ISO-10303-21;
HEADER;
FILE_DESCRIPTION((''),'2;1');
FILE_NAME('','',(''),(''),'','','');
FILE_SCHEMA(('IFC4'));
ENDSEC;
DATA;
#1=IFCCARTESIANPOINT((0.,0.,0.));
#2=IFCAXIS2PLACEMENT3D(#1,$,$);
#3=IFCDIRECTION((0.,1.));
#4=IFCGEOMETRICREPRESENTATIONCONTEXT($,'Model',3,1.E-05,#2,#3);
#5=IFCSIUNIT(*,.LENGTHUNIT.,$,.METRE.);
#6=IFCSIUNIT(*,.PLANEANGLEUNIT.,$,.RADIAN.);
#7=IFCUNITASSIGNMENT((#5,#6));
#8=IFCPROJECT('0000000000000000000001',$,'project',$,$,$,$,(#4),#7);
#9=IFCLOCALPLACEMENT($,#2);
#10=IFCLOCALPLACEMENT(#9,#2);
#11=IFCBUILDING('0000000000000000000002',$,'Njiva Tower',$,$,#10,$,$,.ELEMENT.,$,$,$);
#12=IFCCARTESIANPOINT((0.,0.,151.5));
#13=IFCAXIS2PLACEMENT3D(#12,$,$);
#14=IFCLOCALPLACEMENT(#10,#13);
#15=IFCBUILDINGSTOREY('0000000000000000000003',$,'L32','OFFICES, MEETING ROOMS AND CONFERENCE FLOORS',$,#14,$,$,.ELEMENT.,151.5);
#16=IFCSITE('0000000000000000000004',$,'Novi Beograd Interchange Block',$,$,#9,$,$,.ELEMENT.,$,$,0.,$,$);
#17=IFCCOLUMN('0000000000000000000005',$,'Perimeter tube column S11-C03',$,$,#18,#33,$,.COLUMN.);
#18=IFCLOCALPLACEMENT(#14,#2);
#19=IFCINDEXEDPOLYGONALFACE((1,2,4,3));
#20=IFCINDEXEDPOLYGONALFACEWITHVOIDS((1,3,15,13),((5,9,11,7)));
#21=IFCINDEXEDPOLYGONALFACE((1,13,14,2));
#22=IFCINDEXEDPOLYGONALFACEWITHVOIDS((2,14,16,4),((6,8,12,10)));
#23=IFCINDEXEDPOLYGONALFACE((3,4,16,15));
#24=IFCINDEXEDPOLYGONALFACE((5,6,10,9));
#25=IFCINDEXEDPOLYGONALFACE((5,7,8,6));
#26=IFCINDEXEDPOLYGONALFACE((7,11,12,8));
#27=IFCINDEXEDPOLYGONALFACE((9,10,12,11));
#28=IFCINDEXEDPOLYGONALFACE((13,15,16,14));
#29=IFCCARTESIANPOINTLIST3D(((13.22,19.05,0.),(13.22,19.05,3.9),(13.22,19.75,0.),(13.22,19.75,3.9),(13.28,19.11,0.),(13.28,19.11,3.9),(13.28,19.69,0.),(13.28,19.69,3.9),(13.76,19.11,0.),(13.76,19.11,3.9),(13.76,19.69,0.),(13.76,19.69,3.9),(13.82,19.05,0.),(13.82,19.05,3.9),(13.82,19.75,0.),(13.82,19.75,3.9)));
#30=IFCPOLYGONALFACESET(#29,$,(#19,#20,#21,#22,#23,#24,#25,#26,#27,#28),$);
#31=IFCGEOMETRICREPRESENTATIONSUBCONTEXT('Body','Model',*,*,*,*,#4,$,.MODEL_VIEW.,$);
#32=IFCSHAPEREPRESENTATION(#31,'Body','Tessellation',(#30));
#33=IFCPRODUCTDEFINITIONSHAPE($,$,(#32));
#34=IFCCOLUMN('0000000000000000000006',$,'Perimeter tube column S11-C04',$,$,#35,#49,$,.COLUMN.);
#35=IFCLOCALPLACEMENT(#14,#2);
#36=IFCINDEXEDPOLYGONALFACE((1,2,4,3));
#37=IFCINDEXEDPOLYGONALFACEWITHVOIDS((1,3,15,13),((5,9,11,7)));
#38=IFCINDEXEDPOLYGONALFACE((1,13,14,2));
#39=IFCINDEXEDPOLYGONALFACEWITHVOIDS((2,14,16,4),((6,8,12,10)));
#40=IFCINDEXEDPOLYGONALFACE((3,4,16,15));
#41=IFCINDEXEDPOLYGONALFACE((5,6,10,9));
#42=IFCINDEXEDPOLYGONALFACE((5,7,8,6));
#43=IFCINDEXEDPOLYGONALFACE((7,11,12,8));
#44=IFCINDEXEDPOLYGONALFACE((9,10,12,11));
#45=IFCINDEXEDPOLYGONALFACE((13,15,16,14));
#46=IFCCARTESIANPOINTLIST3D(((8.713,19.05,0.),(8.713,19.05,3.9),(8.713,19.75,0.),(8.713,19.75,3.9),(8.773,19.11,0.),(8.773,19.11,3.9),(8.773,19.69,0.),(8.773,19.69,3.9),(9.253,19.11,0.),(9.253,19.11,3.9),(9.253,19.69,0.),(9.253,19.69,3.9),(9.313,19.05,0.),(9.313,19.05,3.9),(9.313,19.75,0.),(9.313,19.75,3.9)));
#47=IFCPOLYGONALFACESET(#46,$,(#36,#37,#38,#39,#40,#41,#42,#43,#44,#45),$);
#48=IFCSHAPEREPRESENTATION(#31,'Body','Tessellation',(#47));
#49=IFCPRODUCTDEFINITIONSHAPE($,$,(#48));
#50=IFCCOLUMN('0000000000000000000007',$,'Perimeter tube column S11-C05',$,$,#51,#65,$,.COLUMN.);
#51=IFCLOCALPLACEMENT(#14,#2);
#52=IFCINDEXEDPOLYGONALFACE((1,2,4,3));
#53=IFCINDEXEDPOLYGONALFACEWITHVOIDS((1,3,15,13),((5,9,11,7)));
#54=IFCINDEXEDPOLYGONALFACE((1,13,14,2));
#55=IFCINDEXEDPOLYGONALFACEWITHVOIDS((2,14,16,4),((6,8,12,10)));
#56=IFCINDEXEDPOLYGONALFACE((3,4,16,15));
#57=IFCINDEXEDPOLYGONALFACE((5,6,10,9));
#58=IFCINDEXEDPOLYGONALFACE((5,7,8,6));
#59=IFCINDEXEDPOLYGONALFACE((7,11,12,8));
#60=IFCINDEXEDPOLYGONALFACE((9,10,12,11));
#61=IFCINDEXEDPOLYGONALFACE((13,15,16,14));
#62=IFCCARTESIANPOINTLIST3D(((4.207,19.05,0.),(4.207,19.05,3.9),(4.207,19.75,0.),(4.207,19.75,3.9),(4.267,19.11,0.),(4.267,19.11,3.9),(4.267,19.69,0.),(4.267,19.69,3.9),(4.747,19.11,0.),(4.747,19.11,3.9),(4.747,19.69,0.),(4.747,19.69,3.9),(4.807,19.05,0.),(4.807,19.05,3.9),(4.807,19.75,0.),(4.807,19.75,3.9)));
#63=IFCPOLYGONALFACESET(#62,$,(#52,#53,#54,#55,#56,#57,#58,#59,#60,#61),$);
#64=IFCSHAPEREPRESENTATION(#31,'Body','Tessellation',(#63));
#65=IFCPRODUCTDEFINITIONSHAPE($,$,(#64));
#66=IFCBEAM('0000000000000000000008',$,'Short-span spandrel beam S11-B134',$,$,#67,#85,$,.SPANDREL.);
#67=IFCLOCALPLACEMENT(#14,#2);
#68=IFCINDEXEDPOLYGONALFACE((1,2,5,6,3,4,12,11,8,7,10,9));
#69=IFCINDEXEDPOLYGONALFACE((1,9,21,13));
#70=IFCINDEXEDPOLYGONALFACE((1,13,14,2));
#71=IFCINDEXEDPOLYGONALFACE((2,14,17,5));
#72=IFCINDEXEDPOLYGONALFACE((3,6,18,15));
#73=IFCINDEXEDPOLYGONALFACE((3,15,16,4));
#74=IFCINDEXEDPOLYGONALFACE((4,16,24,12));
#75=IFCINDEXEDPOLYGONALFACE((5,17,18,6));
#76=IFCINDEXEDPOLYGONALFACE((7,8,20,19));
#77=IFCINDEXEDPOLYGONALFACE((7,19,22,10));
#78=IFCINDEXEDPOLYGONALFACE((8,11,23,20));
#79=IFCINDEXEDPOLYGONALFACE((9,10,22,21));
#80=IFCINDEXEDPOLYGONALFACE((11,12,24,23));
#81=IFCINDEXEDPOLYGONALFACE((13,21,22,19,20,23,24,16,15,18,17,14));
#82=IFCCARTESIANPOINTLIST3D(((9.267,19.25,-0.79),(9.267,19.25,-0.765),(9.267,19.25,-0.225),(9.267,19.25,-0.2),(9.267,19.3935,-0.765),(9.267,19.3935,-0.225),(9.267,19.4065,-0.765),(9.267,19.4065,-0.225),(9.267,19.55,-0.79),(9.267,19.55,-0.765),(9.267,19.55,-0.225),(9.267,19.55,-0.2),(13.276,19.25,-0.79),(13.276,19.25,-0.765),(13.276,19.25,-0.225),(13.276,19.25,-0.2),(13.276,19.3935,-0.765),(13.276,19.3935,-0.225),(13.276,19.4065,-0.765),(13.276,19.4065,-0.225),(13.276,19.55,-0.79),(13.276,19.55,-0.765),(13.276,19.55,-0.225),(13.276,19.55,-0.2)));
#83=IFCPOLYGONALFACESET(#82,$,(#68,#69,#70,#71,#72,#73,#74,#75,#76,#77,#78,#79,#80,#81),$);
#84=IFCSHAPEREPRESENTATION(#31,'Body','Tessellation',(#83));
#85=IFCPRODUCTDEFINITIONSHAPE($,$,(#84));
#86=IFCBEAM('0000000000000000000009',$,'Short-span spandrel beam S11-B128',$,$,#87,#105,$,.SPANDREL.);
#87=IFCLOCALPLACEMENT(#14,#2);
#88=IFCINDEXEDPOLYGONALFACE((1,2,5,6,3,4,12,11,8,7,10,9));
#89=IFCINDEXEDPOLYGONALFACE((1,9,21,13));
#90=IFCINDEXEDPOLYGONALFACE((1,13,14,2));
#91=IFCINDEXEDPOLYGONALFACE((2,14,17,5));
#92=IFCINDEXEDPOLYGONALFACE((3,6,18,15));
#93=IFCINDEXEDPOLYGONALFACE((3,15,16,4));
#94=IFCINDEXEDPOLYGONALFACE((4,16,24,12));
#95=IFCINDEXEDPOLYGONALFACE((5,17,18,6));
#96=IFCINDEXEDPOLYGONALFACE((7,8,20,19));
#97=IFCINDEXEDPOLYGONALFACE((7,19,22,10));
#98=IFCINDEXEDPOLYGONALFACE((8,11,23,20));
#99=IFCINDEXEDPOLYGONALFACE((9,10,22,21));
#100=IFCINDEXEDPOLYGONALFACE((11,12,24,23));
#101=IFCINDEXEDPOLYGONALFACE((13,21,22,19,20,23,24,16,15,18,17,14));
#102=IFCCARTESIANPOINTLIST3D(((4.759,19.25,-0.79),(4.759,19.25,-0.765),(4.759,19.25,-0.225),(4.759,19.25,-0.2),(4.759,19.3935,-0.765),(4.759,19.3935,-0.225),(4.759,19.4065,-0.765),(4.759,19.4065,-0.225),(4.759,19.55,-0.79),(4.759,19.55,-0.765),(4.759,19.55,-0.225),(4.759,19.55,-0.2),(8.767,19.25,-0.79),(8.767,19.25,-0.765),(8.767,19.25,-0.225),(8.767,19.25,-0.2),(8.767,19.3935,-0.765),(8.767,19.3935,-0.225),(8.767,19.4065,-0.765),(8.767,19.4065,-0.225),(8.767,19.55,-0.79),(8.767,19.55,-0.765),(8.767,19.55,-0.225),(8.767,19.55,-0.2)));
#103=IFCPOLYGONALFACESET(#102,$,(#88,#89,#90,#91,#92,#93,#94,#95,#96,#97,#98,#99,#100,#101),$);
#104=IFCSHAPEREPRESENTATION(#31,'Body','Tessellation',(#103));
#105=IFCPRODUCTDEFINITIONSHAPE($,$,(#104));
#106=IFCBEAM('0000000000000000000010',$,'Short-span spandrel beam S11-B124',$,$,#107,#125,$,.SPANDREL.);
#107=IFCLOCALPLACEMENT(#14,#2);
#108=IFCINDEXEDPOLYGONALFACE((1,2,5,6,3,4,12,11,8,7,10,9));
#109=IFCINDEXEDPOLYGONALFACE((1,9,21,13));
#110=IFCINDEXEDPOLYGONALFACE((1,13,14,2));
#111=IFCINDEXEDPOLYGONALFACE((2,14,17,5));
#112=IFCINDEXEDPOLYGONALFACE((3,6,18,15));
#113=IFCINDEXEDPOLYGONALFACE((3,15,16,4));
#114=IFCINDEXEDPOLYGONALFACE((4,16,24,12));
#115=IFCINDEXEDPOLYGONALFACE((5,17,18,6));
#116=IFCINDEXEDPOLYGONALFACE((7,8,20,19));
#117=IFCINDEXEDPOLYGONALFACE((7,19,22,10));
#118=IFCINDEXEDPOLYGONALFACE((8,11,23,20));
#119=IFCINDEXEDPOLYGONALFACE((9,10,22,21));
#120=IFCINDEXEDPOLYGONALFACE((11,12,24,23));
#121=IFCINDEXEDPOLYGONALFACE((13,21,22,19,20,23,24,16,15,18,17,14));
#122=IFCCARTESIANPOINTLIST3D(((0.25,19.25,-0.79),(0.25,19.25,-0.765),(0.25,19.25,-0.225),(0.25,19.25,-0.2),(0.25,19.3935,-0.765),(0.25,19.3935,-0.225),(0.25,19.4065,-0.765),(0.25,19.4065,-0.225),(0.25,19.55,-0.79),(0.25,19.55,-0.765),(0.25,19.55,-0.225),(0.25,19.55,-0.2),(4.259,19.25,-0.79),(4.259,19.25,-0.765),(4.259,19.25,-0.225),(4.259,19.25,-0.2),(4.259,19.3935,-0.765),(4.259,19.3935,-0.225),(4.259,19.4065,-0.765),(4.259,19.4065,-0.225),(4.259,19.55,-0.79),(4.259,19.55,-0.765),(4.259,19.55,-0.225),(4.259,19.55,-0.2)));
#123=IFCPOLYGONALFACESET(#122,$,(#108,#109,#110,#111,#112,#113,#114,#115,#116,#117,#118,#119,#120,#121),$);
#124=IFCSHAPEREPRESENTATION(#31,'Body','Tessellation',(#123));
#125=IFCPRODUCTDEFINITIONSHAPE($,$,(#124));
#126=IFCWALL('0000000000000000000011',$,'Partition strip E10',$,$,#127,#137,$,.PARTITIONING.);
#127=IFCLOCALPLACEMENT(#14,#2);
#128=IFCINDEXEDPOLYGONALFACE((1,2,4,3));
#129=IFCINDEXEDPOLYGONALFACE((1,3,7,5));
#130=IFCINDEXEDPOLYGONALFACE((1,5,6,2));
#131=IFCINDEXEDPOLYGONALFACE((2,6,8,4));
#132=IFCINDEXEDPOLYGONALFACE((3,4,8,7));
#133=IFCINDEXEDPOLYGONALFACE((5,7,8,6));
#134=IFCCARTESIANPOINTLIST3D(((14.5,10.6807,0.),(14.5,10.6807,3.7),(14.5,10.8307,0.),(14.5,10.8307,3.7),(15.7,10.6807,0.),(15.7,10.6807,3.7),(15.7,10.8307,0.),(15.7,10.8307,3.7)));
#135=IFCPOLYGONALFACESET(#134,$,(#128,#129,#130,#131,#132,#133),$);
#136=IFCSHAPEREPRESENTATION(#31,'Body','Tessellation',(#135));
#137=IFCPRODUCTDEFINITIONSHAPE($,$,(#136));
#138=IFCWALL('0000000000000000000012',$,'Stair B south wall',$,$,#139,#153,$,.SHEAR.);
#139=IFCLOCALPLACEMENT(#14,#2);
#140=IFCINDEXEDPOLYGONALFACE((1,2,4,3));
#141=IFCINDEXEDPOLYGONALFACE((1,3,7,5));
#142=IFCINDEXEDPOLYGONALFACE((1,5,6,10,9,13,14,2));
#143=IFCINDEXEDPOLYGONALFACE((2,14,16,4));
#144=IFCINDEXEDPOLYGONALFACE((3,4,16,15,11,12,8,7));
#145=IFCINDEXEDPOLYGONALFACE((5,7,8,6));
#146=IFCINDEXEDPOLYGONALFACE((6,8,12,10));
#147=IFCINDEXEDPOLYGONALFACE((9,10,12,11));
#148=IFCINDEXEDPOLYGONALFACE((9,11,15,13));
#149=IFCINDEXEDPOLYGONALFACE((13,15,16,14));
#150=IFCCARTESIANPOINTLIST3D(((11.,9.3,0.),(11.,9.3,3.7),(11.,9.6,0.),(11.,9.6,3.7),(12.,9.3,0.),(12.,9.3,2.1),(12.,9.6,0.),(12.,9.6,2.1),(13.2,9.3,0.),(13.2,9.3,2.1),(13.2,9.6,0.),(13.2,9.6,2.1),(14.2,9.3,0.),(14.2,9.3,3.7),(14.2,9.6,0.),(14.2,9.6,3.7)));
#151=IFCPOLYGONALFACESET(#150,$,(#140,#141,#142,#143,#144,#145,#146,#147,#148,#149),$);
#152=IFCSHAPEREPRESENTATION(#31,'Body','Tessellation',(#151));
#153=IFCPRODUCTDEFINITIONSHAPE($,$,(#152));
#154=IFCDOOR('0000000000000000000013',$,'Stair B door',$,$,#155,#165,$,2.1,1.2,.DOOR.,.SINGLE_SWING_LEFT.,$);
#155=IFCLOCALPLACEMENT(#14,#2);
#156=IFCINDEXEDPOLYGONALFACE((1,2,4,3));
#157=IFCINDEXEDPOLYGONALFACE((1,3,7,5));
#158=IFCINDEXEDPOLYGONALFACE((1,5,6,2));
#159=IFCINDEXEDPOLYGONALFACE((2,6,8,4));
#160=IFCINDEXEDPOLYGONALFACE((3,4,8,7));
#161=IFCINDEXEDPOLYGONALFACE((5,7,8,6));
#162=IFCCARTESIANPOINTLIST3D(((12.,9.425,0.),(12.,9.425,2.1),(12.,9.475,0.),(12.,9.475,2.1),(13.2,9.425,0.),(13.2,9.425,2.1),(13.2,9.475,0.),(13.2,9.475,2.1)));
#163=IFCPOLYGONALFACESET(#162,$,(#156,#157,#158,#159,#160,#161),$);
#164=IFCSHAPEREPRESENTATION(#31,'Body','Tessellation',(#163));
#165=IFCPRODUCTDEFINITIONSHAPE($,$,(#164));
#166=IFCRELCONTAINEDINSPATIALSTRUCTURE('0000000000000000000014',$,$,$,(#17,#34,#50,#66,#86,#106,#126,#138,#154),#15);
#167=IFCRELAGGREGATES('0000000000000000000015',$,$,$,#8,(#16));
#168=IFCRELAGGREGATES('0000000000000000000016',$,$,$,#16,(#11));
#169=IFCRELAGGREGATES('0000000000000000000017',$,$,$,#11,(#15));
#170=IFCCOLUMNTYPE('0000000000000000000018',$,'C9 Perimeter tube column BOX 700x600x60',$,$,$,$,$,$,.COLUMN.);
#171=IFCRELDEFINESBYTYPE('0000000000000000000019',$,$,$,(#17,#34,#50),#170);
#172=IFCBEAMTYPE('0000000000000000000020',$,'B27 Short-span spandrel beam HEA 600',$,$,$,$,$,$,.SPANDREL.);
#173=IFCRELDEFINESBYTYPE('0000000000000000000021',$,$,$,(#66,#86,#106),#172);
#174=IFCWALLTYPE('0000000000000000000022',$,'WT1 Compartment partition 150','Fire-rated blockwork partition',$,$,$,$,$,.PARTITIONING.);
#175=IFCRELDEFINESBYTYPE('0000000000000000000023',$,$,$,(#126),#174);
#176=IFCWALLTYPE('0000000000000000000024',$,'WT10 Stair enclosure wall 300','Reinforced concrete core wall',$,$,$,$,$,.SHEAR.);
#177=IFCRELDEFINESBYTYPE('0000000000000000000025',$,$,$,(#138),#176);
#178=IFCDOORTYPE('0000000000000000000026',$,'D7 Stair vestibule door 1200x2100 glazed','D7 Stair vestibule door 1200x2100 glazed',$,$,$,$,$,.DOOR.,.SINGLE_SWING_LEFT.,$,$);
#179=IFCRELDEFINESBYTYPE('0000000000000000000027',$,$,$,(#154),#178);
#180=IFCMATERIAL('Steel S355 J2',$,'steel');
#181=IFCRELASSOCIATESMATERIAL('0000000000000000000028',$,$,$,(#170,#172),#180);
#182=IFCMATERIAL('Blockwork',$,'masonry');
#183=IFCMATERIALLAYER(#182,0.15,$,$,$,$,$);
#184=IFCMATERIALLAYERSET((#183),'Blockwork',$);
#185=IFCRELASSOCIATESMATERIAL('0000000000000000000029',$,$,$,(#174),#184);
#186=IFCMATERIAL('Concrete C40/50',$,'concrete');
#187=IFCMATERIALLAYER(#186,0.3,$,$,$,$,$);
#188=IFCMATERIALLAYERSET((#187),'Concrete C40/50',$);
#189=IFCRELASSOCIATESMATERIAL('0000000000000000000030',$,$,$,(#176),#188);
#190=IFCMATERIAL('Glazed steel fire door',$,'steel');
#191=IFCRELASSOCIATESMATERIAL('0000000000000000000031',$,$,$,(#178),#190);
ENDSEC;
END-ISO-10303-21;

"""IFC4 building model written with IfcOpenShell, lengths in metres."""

from ifc_helpers import new_model, si_unit, direction, frame, frame_2d, origin, origin_2d, place, context, subcontext, project, spatial, rectangle, hollow_rectangle, i_section, extrude, material, layer, layer_set, material_profile, profile_set, type_object, element, fill, save


model = new_model("IFC4")

# Units and contexts
model_context = context("Model", 3, precision=1e-05, world=origin(), true_north=direction((0.0, 1.0)))
body_context = subcontext(model_context, "Body", "Model", "MODEL_VIEW")
ifc_project = project(units=[si_unit("LENGTHUNIT", "METRE"), si_unit("PLANEANGLEUNIT", "RADIAN")], contexts=[model_context])

# Site, building, storey
site_placement = place(None, origin())
site = spatial("IfcSite", under=ifc_project, at=site_placement, Name="Novi Beograd Interchange Block", CompositionType="ELEMENT", RefElevation=0.0)
building_placement = place(site_placement, origin())
building = spatial("IfcBuilding", under=site, at=building_placement, Name="Njiva Tower", CompositionType="ELEMENT")
storey_placement = place(building_placement, frame((0.0, 0.0, 151.5)))
storey = spatial("IfcBuildingStorey", under=building, at=storey_placement, Name="L32", Description="OFFICES, MEETING ROOMS AND CONFERENCE FLOORS", CompositionType="ELEMENT", Elevation=151.5)

# Columns
ifc_material_1 = material(Name="Steel S355 J2", Category="steel")
ifc_material_profile_1 = material_profile(ifc_material_1, hollow_rectangle(XDim=0.6, YDim=0.7, WallThickness=0.06, at=origin_2d()), Name="BOX 700x600x60")
ifc_profile_set_1 = profile_set([ifc_material_profile_1], Name="Steel S355 J2")
column_type = type_object("IfcColumnType", Name="C9 Perimeter tube column BOX 700x600x60", PredefinedType="COLUMN", material=ifc_profile_set_1)
for number, where, z_axis, x_axis, name in (
    (1, (13.52, 19.4, 0.0), (0.0, 0.0, 1.0), (-1.0, 0.0, 0.0), "Perimeter tube column S11-C03"),
    (2, (9.013, 19.4, 0.0), (0.0, 0.0, 1.0), (-1.0, 0.0, 0.0), "Perimeter tube column S11-C04"),
    (3, (4.507, 19.4, 0.0), (0.0, 0.0, 1.0), (-1.0, 0.0, 0.0), "Perimeter tube column S11-C05"),
):
    element("IfcColumn", number, at=place(storey_placement, frame(where, z_axis=z_axis, x_axis=x_axis)), inside=storey, type_object=column_type, Name=name, PredefinedType="COLUMN", context=body_context, shape_type="SweptSolid", body=[
        extrude(hollow_rectangle(XDim=0.6, YDim=0.7, WallThickness=0.06, at=origin_2d()), origin(), (0.0, 0.0, 1.0), 3.9),
    ])

# Beams
ifc_material_profile_2 = material_profile(ifc_material_1, i_section(OverallWidth=0.3, OverallDepth=0.59, WebThickness=0.013, FlangeThickness=0.025, at=origin_2d()), Name="HEA 600")
ifc_profile_set_2 = profile_set([ifc_material_profile_2], Name="Steel S355 J2")
beam_type = type_object("IfcBeamType", Name="B27 Short-span spandrel beam HEA 600", PredefinedType="SPANDREL", material=ifc_profile_set_2)
beam_1_placement = place(storey_placement, frame((13.276, 19.4, -0.495), z_axis=(-1.0, 0.0, 0.0), x_axis=(0.0, -1.0, 0.0)))
element("IfcBeam", 4, at=beam_1_placement, inside=storey, type_object=beam_type, Name="Short-span spandrel beam S11-B134", PredefinedType="SPANDREL", context=body_context, shape_type="SweptSolid", body=[
    extrude(i_section(OverallWidth=0.3, OverallDepth=0.59, WebThickness=0.013, FlangeThickness=0.025, at=origin_2d()), origin(), (0.0, 0.0, 1.0), 4.009),
])
beam_2_placement = place(storey_placement, frame((8.767, 19.4, -0.495), z_axis=(-1.0, 0.0, 0.0), x_axis=(0.0, -1.0, 0.0)))
element("IfcBeam", 5, at=beam_2_placement, inside=storey, type_object=beam_type, Name="Short-span spandrel beam S11-B128", PredefinedType="SPANDREL", context=body_context, shape_type="SweptSolid", body=[
    extrude(i_section(OverallWidth=0.3, OverallDepth=0.59, WebThickness=0.013, FlangeThickness=0.025, at=origin_2d()), origin(), (0.0, 0.0, 1.0), 4.008),
])
beam_3_placement = place(storey_placement, frame((4.259, 19.4, -0.495), z_axis=(-1.0, 0.0, 0.0), x_axis=(0.0, -1.0, 0.0)))
element("IfcBeam", 6, at=beam_3_placement, inside=storey, type_object=beam_type, Name="Short-span spandrel beam S11-B124", PredefinedType="SPANDREL", context=body_context, shape_type="SweptSolid", body=[
    extrude(i_section(OverallWidth=0.3, OverallDepth=0.59, WebThickness=0.013, FlangeThickness=0.025, at=origin_2d()), origin(), (0.0, 0.0, 1.0), 4.009),
])

# Wall
ifc_material_2 = material(Name="Blockwork", Category="masonry")
ifc_layer_1 = layer(ifc_material_2, 0.15)
ifc_layer_set_1 = layer_set([ifc_layer_1], Name="Blockwork")
wall_type_1 = type_object("IfcWallType", Name="WT1 Compartment partition 150", Description="Fire-rated blockwork partition", PredefinedType="PARTITIONING", material=ifc_layer_set_1)
wall_1_placement = place(storey_placement, frame((14.5, 10.7557, 0.0), z_axis=(0.0, 0.0, 1.0), x_axis=(1.0, 0.0, 0.0)))
element("IfcWall", 7, at=wall_1_placement, inside=storey, type_object=wall_type_1, Name="Partition strip E10", PredefinedType="PARTITIONING", context=body_context, shape_type="SweptSolid", body=[
    extrude(rectangle(XDim=1.2, YDim=0.15, at=frame_2d((0.6, 0.0))), origin(), (0.0, 0.0, 1.0), 3.7),
])

# Wall, opening, door
ifc_material_3 = material(Name="Concrete C40/50", Category="concrete")
ifc_layer_2 = layer(ifc_material_3, 0.3)
ifc_layer_set_2 = layer_set([ifc_layer_2], Name="Concrete C40/50")
wall_type_2 = type_object("IfcWallType", Name="WT10 Stair enclosure wall 300", Description="Reinforced concrete core wall", PredefinedType="SHEAR", material=ifc_layer_set_2)
wall_2_placement = place(storey_placement, frame((11.0, 9.45, 0.0), z_axis=(0.0, 0.0, 1.0), x_axis=(1.0, 0.0, 0.0)))
wall_2 = element("IfcWall", 8, at=wall_2_placement, inside=storey, type_object=wall_type_2, Name="Stair B south wall", PredefinedType="SHEAR", context=body_context, shape_type="SweptSolid", body=[
    extrude(rectangle(XDim=3.2, YDim=0.3, at=frame_2d((1.6, 0.0))), origin(), (0.0, 0.0, 1.0), 3.7),
])
opening_1_placement = place(wall_2_placement, frame((1.0, 0.0, 0.0)))
opening_1 = element("IfcOpeningElement", 9, at=opening_1_placement, cuts=wall_2, PredefinedType="OPENING", context=body_context, shape_type="SweptSolid", body=[
    extrude(rectangle(XDim=1.2, YDim=2.1, at=frame_2d((0.6, 1.05))), frame((0.0, 0.16, 0.0), z_axis=(0.0, -1.0, 0.0), x_axis=(1.0, 0.0, 0.0)), (0.0, 0.0, 1.0), 0.32),
])
ifc_material_4 = material(Name="Glazed steel fire door", Category="steel")
door_type_1 = type_object("IfcDoorType", Name="D7 Stair vestibule door 1200x2100 glazed", Description="D7 Stair vestibule door 1200x2100 glazed", OperationType="SINGLE_SWING_LEFT", PredefinedType="DOOR", material=ifc_material_4)
door_1_placement = place(opening_1_placement, origin())
door_1 = element("IfcDoor", 10, at=door_1_placement, inside=storey, type_object=door_type_1, Name="Stair B door", OperationType="SINGLE_SWING_LEFT", OverallHeight=2.1, OverallWidth=1.2, PredefinedType="DOOR", context=body_context, shape_type="SweptSolid", body=[
    extrude(rectangle(XDim=1.2, YDim=2.1, at=frame_2d((0.6, 1.05))), frame((0.0, 0.025, 0.0), z_axis=(0.0, -1.0, 0.0), x_axis=(1.0, 0.0, 0.0)), (0.0, 0.0, 1.0), 0.05),
])
fill(opening_1, door_1)

save(model, "model.ifc")
